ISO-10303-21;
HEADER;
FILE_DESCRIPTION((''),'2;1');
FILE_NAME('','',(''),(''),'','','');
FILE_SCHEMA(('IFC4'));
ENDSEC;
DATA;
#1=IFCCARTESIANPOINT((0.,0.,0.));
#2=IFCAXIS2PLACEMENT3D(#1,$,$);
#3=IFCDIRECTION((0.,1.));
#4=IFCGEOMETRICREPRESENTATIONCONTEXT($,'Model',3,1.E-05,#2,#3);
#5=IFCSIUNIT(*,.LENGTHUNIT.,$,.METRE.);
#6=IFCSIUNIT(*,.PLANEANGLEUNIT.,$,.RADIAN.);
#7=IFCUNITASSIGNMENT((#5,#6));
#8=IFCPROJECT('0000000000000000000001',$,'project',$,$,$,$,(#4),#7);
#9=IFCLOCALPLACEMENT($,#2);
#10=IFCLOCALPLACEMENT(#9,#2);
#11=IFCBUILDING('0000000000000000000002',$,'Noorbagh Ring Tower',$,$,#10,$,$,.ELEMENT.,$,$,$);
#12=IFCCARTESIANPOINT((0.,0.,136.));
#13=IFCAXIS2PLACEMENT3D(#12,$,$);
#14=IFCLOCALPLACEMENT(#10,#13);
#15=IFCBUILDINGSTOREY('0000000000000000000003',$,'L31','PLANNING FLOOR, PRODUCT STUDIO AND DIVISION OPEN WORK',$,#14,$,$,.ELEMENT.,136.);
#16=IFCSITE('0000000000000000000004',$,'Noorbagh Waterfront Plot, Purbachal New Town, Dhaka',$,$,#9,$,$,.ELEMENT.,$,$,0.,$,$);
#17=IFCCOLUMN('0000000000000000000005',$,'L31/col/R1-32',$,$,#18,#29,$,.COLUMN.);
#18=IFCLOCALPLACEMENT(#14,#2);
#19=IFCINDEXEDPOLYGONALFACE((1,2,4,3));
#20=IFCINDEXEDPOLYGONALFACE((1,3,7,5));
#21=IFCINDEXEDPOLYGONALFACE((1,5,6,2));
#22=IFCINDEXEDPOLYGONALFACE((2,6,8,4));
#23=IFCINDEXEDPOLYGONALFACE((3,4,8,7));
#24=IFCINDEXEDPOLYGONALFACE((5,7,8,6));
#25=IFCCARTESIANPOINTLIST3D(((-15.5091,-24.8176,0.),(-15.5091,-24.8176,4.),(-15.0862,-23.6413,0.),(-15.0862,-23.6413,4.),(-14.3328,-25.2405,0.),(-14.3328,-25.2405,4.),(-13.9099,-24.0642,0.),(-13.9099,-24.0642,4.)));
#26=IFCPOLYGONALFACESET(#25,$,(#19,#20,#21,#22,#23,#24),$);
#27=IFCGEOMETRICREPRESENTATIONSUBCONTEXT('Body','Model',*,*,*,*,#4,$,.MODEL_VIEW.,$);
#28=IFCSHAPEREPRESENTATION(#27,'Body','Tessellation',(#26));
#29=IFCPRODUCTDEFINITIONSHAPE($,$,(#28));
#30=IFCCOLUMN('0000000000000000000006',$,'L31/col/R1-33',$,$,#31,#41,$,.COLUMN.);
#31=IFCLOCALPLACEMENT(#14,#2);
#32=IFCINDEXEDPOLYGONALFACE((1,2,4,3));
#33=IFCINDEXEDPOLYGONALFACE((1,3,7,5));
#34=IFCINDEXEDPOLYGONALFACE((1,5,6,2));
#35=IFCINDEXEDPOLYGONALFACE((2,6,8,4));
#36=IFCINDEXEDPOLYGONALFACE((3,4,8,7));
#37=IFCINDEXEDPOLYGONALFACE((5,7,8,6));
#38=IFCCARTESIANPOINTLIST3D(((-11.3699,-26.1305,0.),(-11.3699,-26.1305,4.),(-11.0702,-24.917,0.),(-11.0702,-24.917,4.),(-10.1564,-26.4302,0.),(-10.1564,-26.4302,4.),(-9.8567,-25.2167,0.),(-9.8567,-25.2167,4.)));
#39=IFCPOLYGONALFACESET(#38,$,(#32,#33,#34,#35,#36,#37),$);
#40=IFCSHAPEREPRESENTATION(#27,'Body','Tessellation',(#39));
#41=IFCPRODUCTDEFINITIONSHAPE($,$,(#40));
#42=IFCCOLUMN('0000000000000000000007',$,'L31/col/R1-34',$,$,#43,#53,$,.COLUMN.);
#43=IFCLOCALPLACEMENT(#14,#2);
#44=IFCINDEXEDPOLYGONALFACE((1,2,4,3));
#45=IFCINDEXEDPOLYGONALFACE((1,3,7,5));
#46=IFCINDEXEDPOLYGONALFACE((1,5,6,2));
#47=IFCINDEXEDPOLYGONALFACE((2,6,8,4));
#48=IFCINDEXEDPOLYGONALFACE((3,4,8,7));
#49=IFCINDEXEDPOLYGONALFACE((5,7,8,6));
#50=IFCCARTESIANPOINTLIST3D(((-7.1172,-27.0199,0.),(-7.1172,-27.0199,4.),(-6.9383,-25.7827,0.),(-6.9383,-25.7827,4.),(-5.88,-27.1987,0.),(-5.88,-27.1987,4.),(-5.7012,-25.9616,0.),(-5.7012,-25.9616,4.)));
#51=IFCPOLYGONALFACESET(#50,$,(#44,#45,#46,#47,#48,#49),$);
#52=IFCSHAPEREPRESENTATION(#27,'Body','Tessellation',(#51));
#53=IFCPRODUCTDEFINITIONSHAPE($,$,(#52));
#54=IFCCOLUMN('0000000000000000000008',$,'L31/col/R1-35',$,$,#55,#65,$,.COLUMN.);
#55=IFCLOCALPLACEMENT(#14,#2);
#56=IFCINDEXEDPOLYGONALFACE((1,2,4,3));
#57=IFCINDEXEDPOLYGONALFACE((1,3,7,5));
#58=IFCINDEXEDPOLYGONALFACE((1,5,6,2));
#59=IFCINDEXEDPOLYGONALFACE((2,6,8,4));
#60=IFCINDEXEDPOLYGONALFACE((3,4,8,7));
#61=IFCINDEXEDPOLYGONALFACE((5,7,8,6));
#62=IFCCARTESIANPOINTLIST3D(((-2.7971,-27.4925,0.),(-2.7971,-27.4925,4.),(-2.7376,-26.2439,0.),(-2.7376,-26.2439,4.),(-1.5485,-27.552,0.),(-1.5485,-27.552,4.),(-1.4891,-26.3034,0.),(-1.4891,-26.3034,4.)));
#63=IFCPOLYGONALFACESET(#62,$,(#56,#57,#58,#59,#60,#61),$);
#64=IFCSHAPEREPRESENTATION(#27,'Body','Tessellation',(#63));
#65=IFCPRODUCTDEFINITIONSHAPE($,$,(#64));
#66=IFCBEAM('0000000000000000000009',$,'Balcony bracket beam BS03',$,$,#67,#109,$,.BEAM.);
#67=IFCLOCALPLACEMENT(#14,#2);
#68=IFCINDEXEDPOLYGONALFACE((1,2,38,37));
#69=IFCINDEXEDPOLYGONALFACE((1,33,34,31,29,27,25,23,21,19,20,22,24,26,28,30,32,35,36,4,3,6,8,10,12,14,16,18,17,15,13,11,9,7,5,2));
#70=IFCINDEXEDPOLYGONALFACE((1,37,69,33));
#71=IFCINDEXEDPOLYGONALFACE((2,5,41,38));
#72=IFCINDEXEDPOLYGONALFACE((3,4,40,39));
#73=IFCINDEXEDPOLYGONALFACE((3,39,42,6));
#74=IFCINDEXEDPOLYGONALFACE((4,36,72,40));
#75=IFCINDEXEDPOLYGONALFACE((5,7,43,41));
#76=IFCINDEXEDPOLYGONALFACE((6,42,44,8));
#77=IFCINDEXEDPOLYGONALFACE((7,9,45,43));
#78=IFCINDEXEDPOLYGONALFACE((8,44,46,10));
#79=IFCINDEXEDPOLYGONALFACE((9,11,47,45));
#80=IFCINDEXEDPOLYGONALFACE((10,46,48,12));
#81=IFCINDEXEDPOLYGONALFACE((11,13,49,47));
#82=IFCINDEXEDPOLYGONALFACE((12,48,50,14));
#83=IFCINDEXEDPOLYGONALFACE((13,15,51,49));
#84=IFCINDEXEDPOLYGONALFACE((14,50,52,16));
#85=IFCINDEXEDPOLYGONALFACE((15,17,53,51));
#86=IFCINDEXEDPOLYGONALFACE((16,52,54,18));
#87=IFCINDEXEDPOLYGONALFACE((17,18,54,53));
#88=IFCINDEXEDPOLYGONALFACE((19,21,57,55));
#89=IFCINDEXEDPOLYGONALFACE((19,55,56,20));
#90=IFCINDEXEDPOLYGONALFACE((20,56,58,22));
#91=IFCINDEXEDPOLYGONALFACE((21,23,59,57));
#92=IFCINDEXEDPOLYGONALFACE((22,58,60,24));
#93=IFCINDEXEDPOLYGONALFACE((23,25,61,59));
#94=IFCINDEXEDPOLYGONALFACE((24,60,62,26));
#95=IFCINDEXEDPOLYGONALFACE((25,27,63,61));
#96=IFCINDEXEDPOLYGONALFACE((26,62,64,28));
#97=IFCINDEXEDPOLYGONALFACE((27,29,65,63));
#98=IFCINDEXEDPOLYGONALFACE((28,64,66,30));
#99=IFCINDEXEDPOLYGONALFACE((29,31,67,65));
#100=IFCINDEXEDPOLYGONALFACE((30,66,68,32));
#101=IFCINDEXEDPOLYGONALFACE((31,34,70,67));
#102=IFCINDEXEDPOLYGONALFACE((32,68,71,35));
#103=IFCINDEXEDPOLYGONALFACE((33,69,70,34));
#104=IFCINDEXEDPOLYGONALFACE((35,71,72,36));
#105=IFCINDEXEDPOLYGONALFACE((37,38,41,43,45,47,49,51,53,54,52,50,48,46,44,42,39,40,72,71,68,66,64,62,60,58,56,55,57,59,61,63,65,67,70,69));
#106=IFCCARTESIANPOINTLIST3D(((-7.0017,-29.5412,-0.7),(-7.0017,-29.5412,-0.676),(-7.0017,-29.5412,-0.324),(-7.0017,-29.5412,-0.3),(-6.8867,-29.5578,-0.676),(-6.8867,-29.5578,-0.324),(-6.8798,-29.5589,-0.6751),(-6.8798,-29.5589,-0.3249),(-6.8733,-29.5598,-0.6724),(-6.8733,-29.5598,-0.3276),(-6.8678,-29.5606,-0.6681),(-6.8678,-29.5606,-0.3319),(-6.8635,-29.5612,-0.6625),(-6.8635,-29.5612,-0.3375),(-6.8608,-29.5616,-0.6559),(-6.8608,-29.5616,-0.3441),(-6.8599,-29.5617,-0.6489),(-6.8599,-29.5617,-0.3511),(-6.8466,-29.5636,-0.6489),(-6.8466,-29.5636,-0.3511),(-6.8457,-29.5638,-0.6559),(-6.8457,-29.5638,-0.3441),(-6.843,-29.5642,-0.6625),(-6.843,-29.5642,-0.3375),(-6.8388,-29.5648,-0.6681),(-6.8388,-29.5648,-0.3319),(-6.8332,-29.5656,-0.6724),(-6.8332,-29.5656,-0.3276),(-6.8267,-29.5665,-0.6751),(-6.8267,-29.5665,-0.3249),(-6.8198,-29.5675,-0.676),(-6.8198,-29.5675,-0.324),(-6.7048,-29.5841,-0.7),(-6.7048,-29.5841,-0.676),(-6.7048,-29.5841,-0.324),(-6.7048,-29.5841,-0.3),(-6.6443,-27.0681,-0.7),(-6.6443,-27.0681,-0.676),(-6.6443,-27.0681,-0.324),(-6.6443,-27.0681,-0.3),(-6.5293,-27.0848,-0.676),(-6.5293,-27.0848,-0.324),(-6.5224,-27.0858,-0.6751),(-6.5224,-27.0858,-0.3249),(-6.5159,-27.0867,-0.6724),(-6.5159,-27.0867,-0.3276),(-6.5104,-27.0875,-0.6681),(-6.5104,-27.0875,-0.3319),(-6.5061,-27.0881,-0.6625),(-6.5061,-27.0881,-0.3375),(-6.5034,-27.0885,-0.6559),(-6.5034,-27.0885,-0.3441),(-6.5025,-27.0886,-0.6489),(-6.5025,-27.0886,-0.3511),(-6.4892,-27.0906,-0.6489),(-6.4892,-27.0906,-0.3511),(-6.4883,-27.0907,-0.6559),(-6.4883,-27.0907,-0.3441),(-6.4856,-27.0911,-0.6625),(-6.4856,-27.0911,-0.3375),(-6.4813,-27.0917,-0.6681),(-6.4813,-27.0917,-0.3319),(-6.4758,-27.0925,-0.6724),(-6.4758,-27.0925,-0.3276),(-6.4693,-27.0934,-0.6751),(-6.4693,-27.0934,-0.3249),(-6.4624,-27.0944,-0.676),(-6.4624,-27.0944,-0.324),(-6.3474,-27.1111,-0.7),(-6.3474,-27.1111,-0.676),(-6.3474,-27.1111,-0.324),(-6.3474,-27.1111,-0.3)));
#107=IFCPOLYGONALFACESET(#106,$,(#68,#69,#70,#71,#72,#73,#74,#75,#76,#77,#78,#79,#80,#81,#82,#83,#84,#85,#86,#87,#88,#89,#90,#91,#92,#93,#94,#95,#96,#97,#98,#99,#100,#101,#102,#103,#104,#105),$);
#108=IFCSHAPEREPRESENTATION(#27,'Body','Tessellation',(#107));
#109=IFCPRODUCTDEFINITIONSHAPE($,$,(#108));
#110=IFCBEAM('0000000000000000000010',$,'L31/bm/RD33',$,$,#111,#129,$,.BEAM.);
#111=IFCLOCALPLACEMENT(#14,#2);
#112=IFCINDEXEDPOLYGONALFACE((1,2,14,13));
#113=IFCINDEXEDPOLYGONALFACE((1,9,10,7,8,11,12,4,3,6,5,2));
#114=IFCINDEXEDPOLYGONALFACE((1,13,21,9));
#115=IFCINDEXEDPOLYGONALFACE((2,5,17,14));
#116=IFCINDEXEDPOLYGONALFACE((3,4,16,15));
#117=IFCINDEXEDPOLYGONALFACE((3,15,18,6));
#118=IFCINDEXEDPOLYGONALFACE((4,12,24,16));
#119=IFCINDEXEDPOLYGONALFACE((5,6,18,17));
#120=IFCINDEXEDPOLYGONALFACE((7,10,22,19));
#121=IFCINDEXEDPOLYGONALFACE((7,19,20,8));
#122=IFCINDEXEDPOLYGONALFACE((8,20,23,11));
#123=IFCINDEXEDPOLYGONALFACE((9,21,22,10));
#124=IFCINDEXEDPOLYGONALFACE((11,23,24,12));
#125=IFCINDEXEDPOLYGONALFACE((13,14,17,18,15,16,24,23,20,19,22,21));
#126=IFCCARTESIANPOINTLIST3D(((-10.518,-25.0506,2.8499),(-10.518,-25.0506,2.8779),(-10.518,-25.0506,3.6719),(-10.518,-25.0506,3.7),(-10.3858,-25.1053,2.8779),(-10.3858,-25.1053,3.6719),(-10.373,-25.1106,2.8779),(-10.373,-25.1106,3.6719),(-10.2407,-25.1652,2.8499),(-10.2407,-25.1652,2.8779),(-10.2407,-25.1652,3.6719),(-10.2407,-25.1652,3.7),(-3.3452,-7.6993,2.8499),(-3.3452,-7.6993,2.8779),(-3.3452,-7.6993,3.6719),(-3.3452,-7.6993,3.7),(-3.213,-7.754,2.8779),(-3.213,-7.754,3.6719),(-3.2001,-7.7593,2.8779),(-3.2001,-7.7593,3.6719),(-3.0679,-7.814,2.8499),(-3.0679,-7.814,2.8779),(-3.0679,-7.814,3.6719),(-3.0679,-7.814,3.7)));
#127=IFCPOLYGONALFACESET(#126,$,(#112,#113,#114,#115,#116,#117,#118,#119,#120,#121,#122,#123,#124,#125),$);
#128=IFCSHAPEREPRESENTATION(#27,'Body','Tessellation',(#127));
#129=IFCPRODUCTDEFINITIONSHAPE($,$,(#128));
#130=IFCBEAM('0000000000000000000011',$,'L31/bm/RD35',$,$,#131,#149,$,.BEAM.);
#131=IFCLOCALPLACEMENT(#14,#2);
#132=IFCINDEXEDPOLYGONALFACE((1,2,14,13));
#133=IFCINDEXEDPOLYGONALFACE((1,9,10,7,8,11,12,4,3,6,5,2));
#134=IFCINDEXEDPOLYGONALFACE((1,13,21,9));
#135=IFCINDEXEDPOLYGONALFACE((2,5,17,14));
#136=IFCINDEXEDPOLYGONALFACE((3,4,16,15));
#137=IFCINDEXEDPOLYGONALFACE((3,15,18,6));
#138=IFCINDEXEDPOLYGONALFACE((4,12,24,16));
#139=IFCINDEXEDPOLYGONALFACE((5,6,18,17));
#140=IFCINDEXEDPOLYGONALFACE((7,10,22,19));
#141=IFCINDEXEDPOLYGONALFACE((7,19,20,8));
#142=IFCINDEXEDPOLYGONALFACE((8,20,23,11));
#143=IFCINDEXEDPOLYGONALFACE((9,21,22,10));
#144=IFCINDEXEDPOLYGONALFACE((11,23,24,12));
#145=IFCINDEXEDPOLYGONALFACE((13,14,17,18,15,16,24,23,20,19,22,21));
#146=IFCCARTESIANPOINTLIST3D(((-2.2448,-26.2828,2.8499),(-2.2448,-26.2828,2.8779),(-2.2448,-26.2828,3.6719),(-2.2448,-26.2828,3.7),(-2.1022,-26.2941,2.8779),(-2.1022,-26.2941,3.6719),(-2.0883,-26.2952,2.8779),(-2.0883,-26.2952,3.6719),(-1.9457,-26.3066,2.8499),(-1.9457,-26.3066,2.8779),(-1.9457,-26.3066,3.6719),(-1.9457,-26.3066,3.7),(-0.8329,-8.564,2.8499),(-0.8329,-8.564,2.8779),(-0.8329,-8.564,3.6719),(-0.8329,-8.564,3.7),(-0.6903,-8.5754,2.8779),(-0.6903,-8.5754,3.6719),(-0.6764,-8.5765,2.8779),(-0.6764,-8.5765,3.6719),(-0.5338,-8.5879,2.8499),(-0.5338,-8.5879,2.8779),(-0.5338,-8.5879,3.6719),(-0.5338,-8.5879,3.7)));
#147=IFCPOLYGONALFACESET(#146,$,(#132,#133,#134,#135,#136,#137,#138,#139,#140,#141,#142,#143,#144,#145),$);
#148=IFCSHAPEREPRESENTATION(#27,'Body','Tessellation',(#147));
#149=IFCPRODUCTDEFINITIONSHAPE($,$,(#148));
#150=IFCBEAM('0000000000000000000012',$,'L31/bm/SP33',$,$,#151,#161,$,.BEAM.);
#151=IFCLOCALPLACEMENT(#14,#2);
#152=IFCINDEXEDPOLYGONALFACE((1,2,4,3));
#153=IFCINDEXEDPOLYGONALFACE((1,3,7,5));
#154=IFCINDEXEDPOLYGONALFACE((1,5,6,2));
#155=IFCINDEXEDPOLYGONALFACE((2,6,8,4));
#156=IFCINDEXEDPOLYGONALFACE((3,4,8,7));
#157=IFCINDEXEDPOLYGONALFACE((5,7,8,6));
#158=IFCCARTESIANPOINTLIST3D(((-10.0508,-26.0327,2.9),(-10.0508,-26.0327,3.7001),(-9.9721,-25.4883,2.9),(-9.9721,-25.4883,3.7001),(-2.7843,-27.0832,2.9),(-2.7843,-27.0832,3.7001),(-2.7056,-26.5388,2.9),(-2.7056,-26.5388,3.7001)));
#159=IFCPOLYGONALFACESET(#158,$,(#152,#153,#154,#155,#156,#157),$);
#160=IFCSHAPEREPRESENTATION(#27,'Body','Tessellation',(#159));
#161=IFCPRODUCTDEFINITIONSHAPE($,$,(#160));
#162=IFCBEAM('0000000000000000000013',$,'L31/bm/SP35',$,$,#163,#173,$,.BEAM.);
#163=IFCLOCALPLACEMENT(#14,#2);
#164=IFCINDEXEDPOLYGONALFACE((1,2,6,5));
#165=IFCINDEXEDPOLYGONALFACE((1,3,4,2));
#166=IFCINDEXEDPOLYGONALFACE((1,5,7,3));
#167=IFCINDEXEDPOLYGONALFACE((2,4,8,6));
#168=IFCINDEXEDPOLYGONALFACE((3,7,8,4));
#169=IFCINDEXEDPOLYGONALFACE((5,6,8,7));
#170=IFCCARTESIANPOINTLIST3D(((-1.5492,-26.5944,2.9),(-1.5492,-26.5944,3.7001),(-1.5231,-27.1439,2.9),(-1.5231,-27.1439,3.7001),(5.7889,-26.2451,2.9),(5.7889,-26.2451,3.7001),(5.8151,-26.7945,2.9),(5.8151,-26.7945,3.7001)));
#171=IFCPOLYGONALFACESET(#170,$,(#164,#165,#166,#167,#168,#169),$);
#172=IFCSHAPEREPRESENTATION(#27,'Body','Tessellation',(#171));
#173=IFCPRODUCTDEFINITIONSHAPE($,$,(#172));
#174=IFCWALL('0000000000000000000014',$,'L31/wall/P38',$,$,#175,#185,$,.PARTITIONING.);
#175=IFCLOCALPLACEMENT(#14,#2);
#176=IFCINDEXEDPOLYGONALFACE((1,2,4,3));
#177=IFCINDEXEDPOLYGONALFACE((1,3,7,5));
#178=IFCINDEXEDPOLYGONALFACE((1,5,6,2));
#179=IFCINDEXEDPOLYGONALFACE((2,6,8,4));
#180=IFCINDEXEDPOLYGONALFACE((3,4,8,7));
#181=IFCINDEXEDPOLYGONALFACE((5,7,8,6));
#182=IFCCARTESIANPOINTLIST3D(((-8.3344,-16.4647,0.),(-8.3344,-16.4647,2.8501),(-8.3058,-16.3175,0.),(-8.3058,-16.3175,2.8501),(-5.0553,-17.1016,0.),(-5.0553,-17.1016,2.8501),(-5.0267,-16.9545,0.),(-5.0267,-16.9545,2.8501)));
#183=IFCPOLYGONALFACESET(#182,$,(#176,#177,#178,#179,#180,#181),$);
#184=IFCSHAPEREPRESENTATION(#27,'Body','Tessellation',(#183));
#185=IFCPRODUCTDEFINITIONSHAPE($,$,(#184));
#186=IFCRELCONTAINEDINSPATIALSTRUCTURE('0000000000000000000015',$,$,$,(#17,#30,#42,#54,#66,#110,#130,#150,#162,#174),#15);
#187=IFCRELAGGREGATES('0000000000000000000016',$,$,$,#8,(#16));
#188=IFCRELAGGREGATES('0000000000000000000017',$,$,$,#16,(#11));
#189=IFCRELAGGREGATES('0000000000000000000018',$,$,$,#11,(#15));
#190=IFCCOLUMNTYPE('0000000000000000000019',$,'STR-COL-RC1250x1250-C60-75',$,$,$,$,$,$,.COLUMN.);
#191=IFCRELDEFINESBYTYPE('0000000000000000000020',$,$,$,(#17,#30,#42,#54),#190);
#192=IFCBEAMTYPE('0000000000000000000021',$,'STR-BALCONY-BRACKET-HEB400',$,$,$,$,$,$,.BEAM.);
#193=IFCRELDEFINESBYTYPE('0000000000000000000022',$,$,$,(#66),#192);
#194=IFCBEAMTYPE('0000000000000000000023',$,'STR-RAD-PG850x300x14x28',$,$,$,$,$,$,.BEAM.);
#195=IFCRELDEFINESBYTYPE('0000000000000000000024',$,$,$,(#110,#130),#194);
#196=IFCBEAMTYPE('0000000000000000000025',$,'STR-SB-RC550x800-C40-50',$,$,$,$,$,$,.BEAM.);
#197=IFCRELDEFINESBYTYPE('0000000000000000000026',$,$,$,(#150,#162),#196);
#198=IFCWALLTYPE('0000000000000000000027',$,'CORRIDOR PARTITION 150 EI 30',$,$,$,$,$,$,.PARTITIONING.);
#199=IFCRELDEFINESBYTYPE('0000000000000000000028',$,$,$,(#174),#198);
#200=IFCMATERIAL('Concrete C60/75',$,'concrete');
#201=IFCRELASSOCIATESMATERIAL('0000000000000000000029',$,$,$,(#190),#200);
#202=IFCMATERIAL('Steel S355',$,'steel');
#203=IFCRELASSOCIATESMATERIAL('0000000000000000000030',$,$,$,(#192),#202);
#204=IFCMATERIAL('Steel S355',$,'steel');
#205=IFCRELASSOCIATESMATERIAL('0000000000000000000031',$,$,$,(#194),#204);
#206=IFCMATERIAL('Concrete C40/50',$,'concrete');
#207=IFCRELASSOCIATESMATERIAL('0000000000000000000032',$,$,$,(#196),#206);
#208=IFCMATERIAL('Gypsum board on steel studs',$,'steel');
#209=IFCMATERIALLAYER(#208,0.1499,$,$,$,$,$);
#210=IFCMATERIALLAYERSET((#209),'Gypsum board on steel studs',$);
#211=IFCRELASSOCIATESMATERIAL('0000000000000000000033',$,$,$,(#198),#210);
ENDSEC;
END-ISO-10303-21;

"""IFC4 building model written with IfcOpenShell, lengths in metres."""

from ifc_helpers import new_model, si_unit, direction, frame, frame_2d, origin, origin_2d, place, context, subcontext, project, spatial, rectangle, i_section, extrude, material, layer, layer_set, material_profile, profile_set, type_object, element, save


model = new_model("IFC4")

# Units and contexts
model_context = context("Model", 3, precision=1e-05, world=origin(), true_north=direction((0.0, 1.0)))
body_context = subcontext(model_context, "Body", "Model", "MODEL_VIEW")
ifc_project = project(units=[si_unit("LENGTHUNIT", "METRE"), si_unit("PLANEANGLEUNIT", "RADIAN")], contexts=[model_context])

# Site, building, storey
site_placement = place(None, origin())
site = spatial("IfcSite", under=ifc_project, at=site_placement, Name="Noorbagh Waterfront Plot, Purbachal New Town, Dhaka", CompositionType="ELEMENT", RefElevation=0.0)
building_placement = place(site_placement, origin())
building = spatial("IfcBuilding", under=site, at=building_placement, Name="Noorbagh Ring Tower", CompositionType="ELEMENT")
storey_placement = place(building_placement, frame((0.0, 0.0, 136.0)))
storey = spatial("IfcBuildingStorey", under=building, at=storey_placement, Name="L31", Description="PLANNING FLOOR, PRODUCT STUDIO AND DIVISION OPEN WORK", CompositionType="ELEMENT", Elevation=136.0)

# Columns
ifc_material_1 = material(Name="Concrete C60/75", Category="concrete")
ifc_material_profile_1 = material_profile(ifc_material_1, rectangle(XDim=1.25, YDim=1.25, at=origin_2d()), Name="RC1250x1250")
ifc_profile_set_1 = profile_set([ifc_material_profile_1], Name="Concrete C60/75")
column_type = type_object("IfcColumnType", Name="STR-COL-RC1250x1250-C60-75", PredefinedType="COLUMN", material=ifc_profile_set_1)
for number, where, z_axis, x_axis, name in (
    (1, (-14.7095, -24.4409, 0.0), (0.0, 0.0, 1.0), (0.941025, -0.338338, 0.0), "L31/col/R1-32"),
    (2, (-10.6133, -25.6736, 0.0), (0.0, 0.0, 1.0), (0.970829, -0.239771, 0.0), "L31/col/R1-33"),
    (3, (-6.4092, -26.4907, 0.0), (0.0, 0.0, 1.0), (0.989713, -0.143066, 0.0), "L31/col/R1-34"),
    (4, (-2.1431, -26.8979, 0.0), (0.0, 0.0, 1.0), (0.998869, -0.047553, 0.0), "L31/col/R1-35"),
):
    element("IfcColumn", number, at=place(storey_placement, frame(where, z_axis=z_axis, x_axis=x_axis)), inside=storey, type_object=column_type, Name=name, PredefinedType="COLUMN", context=body_context, shape_type="SweptSolid", body=[
        extrude(rectangle(XDim=1.25, YDim=1.25, at=origin_2d()), origin(), (0.0, 0.0, 1.0), 4.0),
    ])

# Beams
ifc_material_2 = material(Name="Steel S355", Category="steel")
ifc_material_profile_2 = material_profile(ifc_material_2, i_section(OverallWidth=0.3, OverallDepth=0.3999, WebThickness=0.0134, FlangeThickness=0.0239, FilletRadius=0.0271, at=origin_2d()), Name="HEB400")
ifc_profile_set_2 = profile_set([ifc_material_profile_2], Name="Steel S355")
beam_type_1 = type_object("IfcBeamType", Name="STR-BALCONY-BRACKET-HEB400", PredefinedType="BEAM", material=ifc_profile_set_2)
beam_1_placement = place(storey_placement, frame((-6.4958, -27.0896, -0.5), z_axis=(-0.143035, -0.989718, 0.0), x_axis=(0.989718, -0.143035, 0.0)))
element("IfcBeam", 5, at=beam_1_placement, inside=storey, type_object=beam_type_1, Name="Balcony bracket beam BS03", PredefinedType="BEAM", context=body_context, shape_type="SweptSolid", body=[
    extrude(i_section(OverallWidth=0.3, OverallDepth=0.3999, WebThickness=0.0134, FlangeThickness=0.0239, FilletRadius=0.0271, at=origin_2d()), origin(), (0.0, 0.0, 1.0), 2.4988),
])
ifc_material_3 = material(Name="Steel S355", Category="steel")
ifc_material_profile_3 = material_profile(ifc_material_3, i_section(OverallWidth=0.3, OverallDepth=0.8501, WebThickness=0.0139, FlangeThickness=0.0281, at=origin_2d()), Name="PG850x300x14x28")
ifc_profile_set_3 = profile_set([ifc_material_profile_3], Name="Steel S355")
beam_type_2 = type_object("IfcBeamType", Name="STR-RAD-PG850x300x14x28", PredefinedType="BEAM", material=ifc_profile_set_3)
beam_2_placement = place(storey_placement, frame((-10.3794, -25.1079, 3.2749), z_axis=(0.382033, 0.924149, 0.0), x_axis=(-0.924149, 0.382033, 0.0)))
element("IfcBeam", 6, at=beam_2_placement, inside=storey, type_object=beam_type_2, Name="L31/bm/RD33", PredefinedType="BEAM", context=body_context, shape_type="SweptSolid", body=[
    extrude(i_section(OverallWidth=0.3, OverallDepth=0.8501, WebThickness=0.0139, FlangeThickness=0.0281, at=origin_2d()), origin(), (0.0, 0.0, 1.0), 18.7754),
])
beam_3_placement = place(storey_placement, frame((-2.0952, -26.2947, 3.2749), z_axis=(0.07943, 0.99684, 0.0), x_axis=(-0.99684, 0.07943, 0.0)))
element("IfcBeam", 7, at=beam_3_placement, inside=storey, type_object=beam_type_2, Name="L31/bm/RD35", PredefinedType="BEAM", context=body_context, shape_type="SweptSolid", body=[
    extrude(i_section(OverallWidth=0.3, OverallDepth=0.8501, WebThickness=0.0139, FlangeThickness=0.0281, at=origin_2d()), origin(), (0.0, 0.0, 1.0), 17.7749),
])
ifc_material_4 = material(Name="Concrete C40/50", Category="concrete")
ifc_material_profile_4 = material_profile(ifc_material_4, rectangle(XDim=0.55, YDim=0.8, at=origin_2d()), Name="RC550x800")
ifc_profile_set_4 = profile_set([ifc_material_profile_4], Name="Concrete C40/50")
beam_type_3 = type_object("IfcBeamType", Name="STR-SB-RC550x800-C40-50", PredefinedType="BEAM", material=ifc_profile_set_4)
beam_4_placement = place(storey_placement, frame((-10.0115, -25.7605, 3.3), z_axis=(0.989711, -0.143083, 0.0), x_axis=(0.143083, 0.989711, 0.0)))
element("IfcBeam", 8, at=beam_4_placement, inside=storey, type_object=beam_type_3, Name="L31/bm/SP33", PredefinedType="BEAM", context=body_context, shape_type="SweptSolid", body=[
    extrude(rectangle(XDim=0.55, YDim=0.8, at=origin_2d()), origin(), (0.0, 0.0, 1.0), 7.342),
])
beam_5_placement = place(storey_placement, frame((-1.5361, -26.8691, 3.3), z_axis=(0.998869, 0.047556, 0.0), x_axis=(-0.047556, 0.998869, 0.0)))
element("IfcBeam", 9, at=beam_5_placement, inside=storey, type_object=beam_type_3, Name="L31/bm/SP35", PredefinedType="BEAM", context=body_context, shape_type="SweptSolid", body=[
    extrude(rectangle(XDim=0.55, YDim=0.8, at=origin_2d()), origin(), (0.0, 0.0, 1.0), 7.3464),
])

# Wall
ifc_material_5 = material(Name="Gypsum board on steel studs", Category="steel")
ifc_layer_1 = layer(ifc_material_5, 0.1499)
ifc_layer_set_1 = layer_set([ifc_layer_1], Name="Gypsum board on steel studs")
wall_type_1 = type_object("IfcWallType", Name="CORRIDOR PARTITION 150 EI 30", PredefinedType="PARTITIONING", material=ifc_layer_set_1)
wall_1_placement = place(storey_placement, frame((-8.3201, -16.3911, 0.0), z_axis=(0.0, 0.0, 1.0), x_axis=(0.981651, -0.190688, 0.0)))
element("IfcWall", 10, at=wall_1_placement, inside=storey, type_object=wall_type_1, Name="L31/wall/P38", PredefinedType="PARTITIONING", context=body_context, shape_type="SweptSolid", body=[
    extrude(rectangle(XDim=3.3403, YDim=0.1499, at=frame_2d((1.6702, 0.0))), origin(), (0.0, 0.0, 1.0), 2.8501),
])

save(model, "model.ifc")
